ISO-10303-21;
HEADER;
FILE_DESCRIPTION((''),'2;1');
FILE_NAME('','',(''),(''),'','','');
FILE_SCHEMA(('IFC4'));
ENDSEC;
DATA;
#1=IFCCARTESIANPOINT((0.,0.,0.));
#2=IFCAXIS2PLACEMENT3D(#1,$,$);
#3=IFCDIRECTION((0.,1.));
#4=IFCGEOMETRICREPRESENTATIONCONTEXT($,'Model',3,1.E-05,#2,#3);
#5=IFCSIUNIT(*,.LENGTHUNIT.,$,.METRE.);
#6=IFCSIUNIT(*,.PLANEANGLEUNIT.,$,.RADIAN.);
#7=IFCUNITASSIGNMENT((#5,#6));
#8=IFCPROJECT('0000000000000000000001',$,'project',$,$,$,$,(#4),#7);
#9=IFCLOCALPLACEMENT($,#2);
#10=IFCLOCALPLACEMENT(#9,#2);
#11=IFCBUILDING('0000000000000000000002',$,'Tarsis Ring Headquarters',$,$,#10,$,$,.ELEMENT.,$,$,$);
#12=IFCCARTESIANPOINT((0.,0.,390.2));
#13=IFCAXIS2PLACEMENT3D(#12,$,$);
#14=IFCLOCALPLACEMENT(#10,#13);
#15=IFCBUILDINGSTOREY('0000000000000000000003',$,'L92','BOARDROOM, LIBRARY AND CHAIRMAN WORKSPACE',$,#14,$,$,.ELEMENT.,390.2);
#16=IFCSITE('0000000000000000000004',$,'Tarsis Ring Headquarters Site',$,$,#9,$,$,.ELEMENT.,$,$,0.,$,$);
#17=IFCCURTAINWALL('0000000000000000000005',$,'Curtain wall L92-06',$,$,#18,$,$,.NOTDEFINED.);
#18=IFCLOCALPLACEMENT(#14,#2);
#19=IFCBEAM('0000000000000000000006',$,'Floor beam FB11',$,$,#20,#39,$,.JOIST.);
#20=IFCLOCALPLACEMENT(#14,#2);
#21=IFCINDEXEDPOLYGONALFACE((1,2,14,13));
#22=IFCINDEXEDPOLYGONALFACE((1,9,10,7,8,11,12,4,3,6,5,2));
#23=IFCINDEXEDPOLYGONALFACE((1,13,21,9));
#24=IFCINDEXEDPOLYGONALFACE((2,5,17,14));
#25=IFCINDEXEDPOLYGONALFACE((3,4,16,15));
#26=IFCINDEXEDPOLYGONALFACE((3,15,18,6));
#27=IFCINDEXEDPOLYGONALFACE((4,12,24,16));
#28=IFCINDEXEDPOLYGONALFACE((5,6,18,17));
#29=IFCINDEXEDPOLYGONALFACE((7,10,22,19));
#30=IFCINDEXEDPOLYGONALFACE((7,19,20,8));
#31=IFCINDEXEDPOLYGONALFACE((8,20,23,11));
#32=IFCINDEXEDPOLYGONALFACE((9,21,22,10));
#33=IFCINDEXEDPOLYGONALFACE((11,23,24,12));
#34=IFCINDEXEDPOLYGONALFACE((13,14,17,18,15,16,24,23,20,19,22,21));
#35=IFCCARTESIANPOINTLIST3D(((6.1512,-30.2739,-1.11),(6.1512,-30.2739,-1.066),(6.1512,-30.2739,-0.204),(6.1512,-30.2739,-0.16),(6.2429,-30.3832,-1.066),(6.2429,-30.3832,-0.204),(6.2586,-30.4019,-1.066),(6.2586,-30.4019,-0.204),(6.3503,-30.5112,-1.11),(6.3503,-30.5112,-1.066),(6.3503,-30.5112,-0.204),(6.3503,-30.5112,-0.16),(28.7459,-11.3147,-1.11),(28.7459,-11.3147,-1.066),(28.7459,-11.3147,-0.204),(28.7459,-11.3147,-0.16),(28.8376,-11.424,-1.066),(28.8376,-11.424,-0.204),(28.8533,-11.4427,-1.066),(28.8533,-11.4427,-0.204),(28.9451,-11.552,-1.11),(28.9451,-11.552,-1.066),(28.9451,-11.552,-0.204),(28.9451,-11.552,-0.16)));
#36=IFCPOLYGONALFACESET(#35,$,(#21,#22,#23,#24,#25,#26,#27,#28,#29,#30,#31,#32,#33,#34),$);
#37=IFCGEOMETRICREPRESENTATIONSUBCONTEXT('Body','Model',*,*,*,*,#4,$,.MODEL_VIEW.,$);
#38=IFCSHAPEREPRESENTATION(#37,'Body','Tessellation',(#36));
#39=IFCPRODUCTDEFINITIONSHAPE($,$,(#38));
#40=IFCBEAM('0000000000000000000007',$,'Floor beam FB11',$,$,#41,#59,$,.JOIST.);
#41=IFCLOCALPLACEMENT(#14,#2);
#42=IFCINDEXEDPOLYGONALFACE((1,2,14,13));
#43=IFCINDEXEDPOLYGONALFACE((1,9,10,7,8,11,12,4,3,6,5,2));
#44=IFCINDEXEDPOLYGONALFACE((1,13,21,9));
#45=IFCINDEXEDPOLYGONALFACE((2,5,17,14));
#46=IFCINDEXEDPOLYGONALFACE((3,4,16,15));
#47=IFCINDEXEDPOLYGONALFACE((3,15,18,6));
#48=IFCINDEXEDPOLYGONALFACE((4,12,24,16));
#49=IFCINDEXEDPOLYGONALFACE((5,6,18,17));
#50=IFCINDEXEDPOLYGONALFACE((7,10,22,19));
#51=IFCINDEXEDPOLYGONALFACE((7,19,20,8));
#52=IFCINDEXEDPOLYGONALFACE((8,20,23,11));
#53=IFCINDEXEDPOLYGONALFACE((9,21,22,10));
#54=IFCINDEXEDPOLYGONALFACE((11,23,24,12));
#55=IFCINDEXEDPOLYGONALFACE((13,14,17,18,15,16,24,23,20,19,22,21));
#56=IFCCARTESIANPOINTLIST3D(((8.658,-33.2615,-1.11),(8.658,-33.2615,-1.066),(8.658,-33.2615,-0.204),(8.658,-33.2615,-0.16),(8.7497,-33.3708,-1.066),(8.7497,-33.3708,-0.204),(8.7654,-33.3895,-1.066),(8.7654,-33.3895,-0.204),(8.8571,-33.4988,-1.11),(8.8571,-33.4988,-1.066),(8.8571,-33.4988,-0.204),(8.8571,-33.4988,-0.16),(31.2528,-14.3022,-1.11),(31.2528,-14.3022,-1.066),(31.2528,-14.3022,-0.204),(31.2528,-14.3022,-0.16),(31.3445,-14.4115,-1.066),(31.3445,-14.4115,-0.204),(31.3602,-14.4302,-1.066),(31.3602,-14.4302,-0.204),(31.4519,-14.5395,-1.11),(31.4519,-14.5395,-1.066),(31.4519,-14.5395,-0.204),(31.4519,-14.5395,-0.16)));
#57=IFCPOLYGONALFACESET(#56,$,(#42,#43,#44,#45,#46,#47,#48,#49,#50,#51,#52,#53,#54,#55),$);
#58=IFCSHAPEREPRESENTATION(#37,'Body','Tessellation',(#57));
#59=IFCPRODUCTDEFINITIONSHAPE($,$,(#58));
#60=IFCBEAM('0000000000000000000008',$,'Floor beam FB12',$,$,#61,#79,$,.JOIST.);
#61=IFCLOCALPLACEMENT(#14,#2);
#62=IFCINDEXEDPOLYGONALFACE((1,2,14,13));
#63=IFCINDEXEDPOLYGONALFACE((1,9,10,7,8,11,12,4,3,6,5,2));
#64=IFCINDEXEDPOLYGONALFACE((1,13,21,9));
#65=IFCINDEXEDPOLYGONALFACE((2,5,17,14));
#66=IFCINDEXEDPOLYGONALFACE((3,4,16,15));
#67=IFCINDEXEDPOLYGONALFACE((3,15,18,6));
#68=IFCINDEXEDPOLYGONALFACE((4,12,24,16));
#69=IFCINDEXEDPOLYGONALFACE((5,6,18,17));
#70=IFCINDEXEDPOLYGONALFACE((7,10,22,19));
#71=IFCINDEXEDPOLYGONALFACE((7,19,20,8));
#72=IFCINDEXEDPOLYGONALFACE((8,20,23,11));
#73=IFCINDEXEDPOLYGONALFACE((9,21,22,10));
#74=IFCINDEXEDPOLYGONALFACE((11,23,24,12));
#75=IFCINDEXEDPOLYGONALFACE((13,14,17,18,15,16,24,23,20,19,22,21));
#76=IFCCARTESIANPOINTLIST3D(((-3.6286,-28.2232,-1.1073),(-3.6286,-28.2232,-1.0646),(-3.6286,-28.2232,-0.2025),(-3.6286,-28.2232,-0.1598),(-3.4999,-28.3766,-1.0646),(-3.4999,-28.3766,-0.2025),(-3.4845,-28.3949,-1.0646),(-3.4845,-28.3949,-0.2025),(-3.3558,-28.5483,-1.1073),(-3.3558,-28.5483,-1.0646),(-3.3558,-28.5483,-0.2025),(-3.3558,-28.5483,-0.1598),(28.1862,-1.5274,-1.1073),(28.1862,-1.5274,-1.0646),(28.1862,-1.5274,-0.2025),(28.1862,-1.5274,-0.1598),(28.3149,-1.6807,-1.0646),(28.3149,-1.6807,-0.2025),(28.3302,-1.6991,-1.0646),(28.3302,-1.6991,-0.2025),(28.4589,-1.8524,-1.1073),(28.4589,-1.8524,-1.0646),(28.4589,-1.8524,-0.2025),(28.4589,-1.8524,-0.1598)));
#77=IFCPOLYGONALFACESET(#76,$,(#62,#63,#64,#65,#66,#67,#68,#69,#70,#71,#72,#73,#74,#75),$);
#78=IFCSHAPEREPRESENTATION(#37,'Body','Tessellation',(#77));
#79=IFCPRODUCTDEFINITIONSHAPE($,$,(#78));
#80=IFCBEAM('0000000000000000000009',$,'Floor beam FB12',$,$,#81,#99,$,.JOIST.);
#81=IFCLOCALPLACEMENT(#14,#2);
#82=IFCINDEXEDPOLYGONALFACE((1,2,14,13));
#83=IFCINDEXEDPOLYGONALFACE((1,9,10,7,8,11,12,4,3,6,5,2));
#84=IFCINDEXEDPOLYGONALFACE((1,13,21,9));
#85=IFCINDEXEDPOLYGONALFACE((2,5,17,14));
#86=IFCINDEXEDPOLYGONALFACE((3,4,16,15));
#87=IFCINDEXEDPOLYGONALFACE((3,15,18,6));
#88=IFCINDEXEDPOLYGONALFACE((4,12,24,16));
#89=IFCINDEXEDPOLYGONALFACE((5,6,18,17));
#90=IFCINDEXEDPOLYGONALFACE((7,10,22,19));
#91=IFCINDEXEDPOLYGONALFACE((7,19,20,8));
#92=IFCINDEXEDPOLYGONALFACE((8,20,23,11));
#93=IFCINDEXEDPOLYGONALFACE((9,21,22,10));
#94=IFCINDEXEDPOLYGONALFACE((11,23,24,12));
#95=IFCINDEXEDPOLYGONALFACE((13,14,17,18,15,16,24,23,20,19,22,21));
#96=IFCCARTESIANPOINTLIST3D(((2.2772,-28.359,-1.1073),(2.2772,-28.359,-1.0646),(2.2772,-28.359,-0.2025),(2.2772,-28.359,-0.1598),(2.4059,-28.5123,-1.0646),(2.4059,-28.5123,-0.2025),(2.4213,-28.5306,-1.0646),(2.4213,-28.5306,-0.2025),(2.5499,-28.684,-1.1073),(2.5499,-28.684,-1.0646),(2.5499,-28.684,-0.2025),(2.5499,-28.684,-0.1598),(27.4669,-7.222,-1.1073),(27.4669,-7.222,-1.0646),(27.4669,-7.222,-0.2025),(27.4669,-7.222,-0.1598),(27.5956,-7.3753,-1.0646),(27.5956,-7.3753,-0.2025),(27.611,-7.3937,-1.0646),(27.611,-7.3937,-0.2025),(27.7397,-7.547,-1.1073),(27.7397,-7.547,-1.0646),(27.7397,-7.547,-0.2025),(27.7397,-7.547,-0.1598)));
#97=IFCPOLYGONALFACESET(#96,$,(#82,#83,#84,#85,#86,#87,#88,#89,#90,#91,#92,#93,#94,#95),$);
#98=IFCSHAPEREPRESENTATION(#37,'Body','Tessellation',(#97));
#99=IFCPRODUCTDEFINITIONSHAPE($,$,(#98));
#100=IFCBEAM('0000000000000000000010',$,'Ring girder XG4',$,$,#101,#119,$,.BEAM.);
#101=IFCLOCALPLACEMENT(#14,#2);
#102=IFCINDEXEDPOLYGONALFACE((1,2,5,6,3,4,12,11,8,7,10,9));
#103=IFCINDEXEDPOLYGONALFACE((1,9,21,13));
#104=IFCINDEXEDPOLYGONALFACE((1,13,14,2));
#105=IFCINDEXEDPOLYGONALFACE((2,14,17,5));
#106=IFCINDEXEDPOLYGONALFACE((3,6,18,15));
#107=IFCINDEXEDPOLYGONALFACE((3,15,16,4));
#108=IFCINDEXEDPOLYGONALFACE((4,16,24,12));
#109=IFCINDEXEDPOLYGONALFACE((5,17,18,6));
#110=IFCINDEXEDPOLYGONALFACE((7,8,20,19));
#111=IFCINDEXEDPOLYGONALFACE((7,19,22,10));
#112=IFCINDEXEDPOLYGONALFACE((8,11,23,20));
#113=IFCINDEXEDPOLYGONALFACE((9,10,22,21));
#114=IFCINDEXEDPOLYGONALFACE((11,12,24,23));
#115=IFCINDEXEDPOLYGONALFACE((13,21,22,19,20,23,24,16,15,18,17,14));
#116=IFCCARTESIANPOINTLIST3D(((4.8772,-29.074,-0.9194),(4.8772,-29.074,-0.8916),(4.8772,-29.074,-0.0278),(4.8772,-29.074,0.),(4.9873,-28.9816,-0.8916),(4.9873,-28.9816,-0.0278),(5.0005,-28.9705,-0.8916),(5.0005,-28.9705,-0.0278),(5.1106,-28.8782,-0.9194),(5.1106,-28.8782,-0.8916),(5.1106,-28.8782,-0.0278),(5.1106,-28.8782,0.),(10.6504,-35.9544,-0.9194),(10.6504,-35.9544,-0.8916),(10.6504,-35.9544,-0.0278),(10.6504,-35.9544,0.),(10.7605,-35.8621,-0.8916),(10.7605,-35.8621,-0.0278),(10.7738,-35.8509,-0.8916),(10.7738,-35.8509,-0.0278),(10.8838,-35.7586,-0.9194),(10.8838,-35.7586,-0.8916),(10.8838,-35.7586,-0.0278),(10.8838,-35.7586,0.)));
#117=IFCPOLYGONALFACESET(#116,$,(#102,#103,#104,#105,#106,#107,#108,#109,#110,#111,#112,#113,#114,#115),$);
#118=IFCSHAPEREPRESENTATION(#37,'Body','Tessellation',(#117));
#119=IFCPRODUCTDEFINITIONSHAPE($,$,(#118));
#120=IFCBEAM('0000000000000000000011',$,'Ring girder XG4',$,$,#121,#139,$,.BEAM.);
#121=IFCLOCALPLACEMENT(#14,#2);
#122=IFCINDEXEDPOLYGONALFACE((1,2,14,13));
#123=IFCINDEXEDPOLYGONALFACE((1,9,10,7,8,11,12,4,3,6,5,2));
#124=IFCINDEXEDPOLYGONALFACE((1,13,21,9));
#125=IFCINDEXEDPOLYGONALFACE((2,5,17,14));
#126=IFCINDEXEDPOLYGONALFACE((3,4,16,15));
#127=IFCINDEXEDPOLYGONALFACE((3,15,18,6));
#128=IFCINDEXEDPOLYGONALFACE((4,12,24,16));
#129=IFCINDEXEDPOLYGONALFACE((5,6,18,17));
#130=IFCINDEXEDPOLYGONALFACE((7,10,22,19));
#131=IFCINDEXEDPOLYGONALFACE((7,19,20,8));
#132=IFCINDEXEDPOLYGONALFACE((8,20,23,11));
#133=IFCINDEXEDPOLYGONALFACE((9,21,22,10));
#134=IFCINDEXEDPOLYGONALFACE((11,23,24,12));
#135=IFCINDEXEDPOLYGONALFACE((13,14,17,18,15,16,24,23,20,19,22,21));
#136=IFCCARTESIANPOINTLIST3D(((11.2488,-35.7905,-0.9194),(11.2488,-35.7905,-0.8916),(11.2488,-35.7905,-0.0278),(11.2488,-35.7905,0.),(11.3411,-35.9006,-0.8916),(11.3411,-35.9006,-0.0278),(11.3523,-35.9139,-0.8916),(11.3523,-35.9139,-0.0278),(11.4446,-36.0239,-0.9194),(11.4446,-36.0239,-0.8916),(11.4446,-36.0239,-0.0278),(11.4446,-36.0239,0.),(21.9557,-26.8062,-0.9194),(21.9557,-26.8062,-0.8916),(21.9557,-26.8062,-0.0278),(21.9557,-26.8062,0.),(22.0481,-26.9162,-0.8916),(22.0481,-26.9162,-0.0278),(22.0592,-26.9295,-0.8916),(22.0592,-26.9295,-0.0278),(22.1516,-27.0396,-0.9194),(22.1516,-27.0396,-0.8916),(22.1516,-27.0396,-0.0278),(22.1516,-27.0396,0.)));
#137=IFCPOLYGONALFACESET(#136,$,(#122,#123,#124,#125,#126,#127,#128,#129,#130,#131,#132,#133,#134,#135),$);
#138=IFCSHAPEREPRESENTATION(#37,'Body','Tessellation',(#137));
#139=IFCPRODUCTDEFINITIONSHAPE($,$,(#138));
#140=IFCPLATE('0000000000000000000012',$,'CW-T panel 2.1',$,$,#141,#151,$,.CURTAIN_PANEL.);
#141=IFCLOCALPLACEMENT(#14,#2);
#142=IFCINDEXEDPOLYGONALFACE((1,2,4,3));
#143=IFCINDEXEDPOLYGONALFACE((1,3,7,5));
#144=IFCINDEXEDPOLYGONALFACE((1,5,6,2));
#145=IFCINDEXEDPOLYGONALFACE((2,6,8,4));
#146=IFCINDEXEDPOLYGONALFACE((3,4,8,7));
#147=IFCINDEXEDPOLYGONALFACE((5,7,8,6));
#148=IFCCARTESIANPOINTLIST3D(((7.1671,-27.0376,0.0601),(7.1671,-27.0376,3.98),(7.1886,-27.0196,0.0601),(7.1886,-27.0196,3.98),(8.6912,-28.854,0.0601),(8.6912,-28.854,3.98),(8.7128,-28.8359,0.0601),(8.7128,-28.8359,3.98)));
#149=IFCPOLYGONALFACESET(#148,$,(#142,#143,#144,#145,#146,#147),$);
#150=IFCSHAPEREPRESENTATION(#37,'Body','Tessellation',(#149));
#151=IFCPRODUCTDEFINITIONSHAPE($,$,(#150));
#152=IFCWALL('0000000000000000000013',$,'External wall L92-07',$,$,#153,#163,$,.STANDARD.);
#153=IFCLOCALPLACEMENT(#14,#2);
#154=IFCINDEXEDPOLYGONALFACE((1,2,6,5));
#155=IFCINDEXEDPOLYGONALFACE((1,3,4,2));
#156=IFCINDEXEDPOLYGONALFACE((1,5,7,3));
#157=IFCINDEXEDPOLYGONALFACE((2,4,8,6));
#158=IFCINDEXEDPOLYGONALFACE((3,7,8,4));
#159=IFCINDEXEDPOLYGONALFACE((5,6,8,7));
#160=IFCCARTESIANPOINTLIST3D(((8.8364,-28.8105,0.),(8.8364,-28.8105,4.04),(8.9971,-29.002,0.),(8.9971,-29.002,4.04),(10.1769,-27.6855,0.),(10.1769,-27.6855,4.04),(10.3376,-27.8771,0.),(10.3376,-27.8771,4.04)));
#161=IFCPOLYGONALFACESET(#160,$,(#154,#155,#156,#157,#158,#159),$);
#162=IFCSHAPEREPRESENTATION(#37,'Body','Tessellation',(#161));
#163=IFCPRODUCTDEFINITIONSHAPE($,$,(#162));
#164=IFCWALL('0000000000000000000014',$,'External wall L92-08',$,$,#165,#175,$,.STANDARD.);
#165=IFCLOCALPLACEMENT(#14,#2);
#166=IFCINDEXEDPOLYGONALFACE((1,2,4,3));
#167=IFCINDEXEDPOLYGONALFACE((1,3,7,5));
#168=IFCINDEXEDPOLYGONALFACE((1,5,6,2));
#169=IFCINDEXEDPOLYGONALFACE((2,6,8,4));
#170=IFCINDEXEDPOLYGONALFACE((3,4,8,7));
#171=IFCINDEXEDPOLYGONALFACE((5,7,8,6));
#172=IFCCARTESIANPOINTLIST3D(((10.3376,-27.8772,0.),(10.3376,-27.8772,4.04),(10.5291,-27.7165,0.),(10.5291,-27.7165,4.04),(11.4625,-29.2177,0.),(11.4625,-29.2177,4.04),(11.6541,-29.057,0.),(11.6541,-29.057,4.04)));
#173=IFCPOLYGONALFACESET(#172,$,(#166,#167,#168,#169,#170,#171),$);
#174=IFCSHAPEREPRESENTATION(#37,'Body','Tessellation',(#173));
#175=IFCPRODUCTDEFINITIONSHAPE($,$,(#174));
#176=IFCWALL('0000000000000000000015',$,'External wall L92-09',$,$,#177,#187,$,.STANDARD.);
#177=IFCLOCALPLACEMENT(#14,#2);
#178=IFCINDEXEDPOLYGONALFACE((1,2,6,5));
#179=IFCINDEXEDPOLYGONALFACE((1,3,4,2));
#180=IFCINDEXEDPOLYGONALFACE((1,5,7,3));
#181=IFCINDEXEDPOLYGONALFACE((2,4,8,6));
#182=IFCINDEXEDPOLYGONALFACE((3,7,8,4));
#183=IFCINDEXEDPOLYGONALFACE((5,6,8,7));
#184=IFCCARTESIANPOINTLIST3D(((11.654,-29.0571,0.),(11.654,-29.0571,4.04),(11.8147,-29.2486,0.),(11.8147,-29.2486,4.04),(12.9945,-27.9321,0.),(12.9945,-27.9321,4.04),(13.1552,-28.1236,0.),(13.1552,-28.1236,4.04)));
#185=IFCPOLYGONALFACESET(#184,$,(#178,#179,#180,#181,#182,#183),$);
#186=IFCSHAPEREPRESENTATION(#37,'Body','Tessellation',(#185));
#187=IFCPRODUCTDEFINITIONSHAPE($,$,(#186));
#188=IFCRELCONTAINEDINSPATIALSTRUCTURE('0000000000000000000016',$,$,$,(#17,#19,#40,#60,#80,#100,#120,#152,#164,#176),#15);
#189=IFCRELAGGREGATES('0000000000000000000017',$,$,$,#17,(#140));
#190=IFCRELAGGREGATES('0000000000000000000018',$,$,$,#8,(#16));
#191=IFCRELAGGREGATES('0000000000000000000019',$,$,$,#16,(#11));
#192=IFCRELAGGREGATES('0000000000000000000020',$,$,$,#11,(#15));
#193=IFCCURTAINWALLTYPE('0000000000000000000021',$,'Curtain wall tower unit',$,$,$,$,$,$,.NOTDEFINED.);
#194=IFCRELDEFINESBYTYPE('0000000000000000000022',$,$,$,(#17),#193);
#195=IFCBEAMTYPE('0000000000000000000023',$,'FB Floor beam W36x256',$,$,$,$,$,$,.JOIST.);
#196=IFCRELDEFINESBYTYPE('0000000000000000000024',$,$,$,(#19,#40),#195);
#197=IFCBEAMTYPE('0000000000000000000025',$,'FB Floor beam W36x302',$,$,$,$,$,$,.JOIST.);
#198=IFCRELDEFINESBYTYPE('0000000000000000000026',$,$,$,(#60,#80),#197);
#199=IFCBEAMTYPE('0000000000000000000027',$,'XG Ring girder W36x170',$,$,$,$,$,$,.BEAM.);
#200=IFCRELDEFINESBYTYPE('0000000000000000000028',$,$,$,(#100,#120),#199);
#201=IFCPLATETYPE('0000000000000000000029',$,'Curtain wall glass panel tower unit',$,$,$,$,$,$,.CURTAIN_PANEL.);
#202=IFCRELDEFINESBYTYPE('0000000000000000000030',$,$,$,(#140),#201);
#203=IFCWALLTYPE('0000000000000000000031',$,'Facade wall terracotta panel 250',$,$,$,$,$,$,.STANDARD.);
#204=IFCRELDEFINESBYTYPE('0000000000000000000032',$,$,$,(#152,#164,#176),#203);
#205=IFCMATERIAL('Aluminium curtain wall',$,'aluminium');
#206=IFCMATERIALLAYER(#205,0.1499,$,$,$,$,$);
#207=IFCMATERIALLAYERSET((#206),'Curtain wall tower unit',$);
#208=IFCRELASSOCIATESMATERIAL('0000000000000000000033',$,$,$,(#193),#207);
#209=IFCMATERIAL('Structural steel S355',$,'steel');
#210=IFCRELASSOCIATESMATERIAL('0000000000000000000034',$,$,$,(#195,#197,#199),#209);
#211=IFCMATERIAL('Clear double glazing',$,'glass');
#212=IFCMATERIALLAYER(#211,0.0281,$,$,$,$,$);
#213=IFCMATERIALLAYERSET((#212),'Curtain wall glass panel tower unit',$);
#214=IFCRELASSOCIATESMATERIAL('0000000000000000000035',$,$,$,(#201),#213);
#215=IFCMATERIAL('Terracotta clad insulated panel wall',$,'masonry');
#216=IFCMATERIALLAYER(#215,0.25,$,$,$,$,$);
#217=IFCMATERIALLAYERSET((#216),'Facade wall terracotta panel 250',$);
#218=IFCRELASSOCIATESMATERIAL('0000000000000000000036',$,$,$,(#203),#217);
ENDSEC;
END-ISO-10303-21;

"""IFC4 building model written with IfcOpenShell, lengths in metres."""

from ifc_helpers import new_model, si_unit, direction, frame, frame_2d, origin, origin_2d, place, context, subcontext, project, spatial, rectangle, i_section, extrude, material, layer, layer_set, material_profile, profile_set, type_object, element, aggregate, save


model = new_model("IFC4")

# Units and contexts
model_context = context("Model", 3, precision=1e-05, world=origin(), true_north=direction((0.0, 1.0)))
body_context = subcontext(model_context, "Body", "Model", "MODEL_VIEW")
ifc_project = project(units=[si_unit("LENGTHUNIT", "METRE"), si_unit("PLANEANGLEUNIT", "RADIAN")], contexts=[model_context])

# Site, building, storey
site_placement = place(None, origin())
site = spatial("IfcSite", under=ifc_project, at=site_placement, Name="Tarsis Ring Headquarters Site", CompositionType="ELEMENT", RefElevation=0.0)
building_placement = place(site_placement, origin())
building = spatial("IfcBuilding", under=site, at=building_placement, Name="Tarsis Ring Headquarters", CompositionType="ELEMENT")
storey_placement = place(building_placement, frame((0.0, 0.0, 390.2)))
storey = spatial("IfcBuildingStorey", under=building, at=storey_placement, Name="L92", Description="BOARDROOM, LIBRARY AND CHAIRMAN WORKSPACE", CompositionType="ELEMENT", Elevation=390.2)

# Shared definitions
ifc_material_1 = material(Name="Structural steel S355", Category="steel")

# Curtain wall
ifc_material_2 = material(Name="Aluminium curtain wall", Category="aluminium")
ifc_layer_1 = layer(ifc_material_2, 0.1499)
ifc_layer_set_1 = layer_set([ifc_layer_1], Name="Curtain wall tower unit")
curtain_wall_type = type_object("IfcCurtainWallType", Name="Curtain wall tower unit", PredefinedType="NOTDEFINED", material=ifc_layer_set_1)
curtain_wall_placement = place(storey_placement, origin())
curtain_wall = element("IfcCurtainWall", 1, at=curtain_wall_placement, inside=storey, type_object=curtain_wall_type, Name="Curtain wall L92-06", PredefinedType="NOTDEFINED")

# Beams
ifc_material_profile_1 = material_profile(ifc_material_1, i_section(OverallWidth=0.3098, OverallDepth=0.95, WebThickness=0.0244, FlangeThickness=0.0439, at=origin_2d()), Name="W36x256")
ifc_profile_set_1 = profile_set([ifc_material_profile_1], Name="Structural steel S355")
beam_type_1 = type_object("IfcBeamType", Name="FB Floor beam W36x256", PredefinedType="JOIST", material=ifc_profile_set_1)
for number, where, z_axis, x_axis, name in (
    (2, (6.2507, -30.3926, -0.635), (0.766044, 0.642788, 0.0), (-0.642788, 0.766044, 0.0), "Floor beam FB11"),
    (3, (8.7576, -33.3801, -0.635), (0.766044, 0.642788, 0.0), (-0.642788, 0.766044, 0.0), "Floor beam FB11"),
):
    element("IfcBeam", number, at=place(storey_placement, frame(where, z_axis=z_axis, x_axis=x_axis)), inside=storey, type_object=beam_type_1, Name=name, PredefinedType="JOIST", context=body_context, shape_type="SweptSolid", body=[
        extrude(i_section(OverallWidth=0.3098, OverallDepth=0.95, WebThickness=0.0244, FlangeThickness=0.0439, at=origin_2d()), origin(), (0.0, 0.0, 1.0), 29.4954),
    ])
ifc_material_profile_2 = material_profile(ifc_material_1, i_section(OverallWidth=0.4243, OverallDepth=0.9475, WebThickness=0.0239, FlangeThickness=0.0427, at=origin_2d()), Name="W36x302")
ifc_profile_set_2 = profile_set([ifc_material_profile_2], Name="Structural steel S355")
beam_type_2 = type_object("IfcBeamType", Name="FB Floor beam W36x302", PredefinedType="JOIST", material=ifc_profile_set_2)
beam_1_placement = place(storey_placement, frame((-3.4922, -28.3857, -0.6335), z_axis=(0.766043, 0.642789, 0.0), x_axis=(-0.642789, 0.766043, 0.0)))
element("IfcBeam", 4, at=beam_1_placement, inside=storey, type_object=beam_type_2, Name="Floor beam FB12", PredefinedType="JOIST", context=body_context, shape_type="SweptSolid", body=[
    extrude(i_section(OverallWidth=0.4243, OverallDepth=0.9475, WebThickness=0.0239, FlangeThickness=0.0427, at=origin_2d()), origin(), (0.0, 0.0, 1.0), 41.5312),
])
beam_2_placement = place(storey_placement, frame((2.4136, -28.5215, -0.6335), z_axis=(0.76604, 0.642793, 0.0), x_axis=(-0.642793, 0.76604, 0.0)))
element("IfcBeam", 5, at=beam_2_placement, inside=storey, type_object=beam_type_2, Name="Floor beam FB12", PredefinedType="JOIST", context=body_context, shape_type="SweptSolid", body=[
    extrude(i_section(OverallWidth=0.4243, OverallDepth=0.9475, WebThickness=0.0239, FlangeThickness=0.0427, at=origin_2d()), origin(), (0.0, 0.0, 1.0), 32.8831),
])
ifc_material_profile_3 = material_profile(ifc_material_1, i_section(OverallWidth=0.3047, OverallDepth=0.9194, WebThickness=0.0173, FlangeThickness=0.0278, at=origin_2d()), Name="W36x170")
ifc_profile_set_3 = profile_set([ifc_material_profile_3], Name="Structural steel S355")
beam_type_3 = type_object("IfcBeamType", Name="XG Ring girder W36x170", PredefinedType="BEAM", material=ifc_profile_set_3)
beam_3_placement = place(storey_placement, frame((4.9939, -28.9761, -0.4597), z_axis=(0.64278, -0.766051, 0.0), x_axis=(0.766051, 0.64278, 0.0)))
element("IfcBeam", 6, at=beam_3_placement, inside=storey, type_object=beam_type_3, Name="Ring girder XG4", PredefinedType="BEAM", context=body_context, shape_type="SweptSolid", body=[
    extrude(i_section(OverallWidth=0.3047, OverallDepth=0.9194, WebThickness=0.0173, FlangeThickness=0.0278, at=origin_2d()), origin(), (0.0, 0.0, 1.0), 8.9817),
])
beam_4_placement = place(storey_placement, frame((11.3467, -35.9072, -0.4597), z_axis=(0.766041, 0.642792, 0.0), x_axis=(-0.642792, 0.766041, 0.0)))
element("IfcBeam", 7, at=beam_4_placement, inside=storey, type_object=beam_type_3, Name="Ring girder XG4", PredefinedType="BEAM", context=body_context, shape_type="SweptSolid", body=[
    extrude(i_section(OverallWidth=0.3047, OverallDepth=0.9194, WebThickness=0.0173, FlangeThickness=0.0278, at=origin_2d()), origin(), (0.0, 0.0, 1.0), 13.9771),
])

# Plate
ifc_material_3 = material(Name="Clear double glazing", Category="glass")
ifc_layer_2 = layer(ifc_material_3, 0.0281)
ifc_layer_set_2 = layer_set([ifc_layer_2], Name="Curtain wall glass panel tower unit")
plate_type = type_object("IfcPlateType", Name="Curtain wall glass panel tower unit", PredefinedType="CURTAIN_PANEL", material=ifc_layer_set_2)
plate_placement = place(storey_placement, frame((7.9399, -27.9368, 0.0601), z_axis=(0.0, 0.0, 1.0), x_axis=(0.642788, -0.766044, 0.0)))
plate = element("IfcPlate", 8, at=plate_placement, type_object=plate_type, Name="CW-T panel 2.1", PredefinedType="CURTAIN_PANEL", context=body_context, shape_type="SweptSolid", body=[
    extrude(rectangle(XDim=2.3711, YDim=0.0281, at=origin_2d()), origin(), (0.0, 0.0, 1.0), 3.9199),
])
aggregate(curtain_wall, [plate])

# Walls
ifc_material_4 = material(Name="Terracotta clad insulated panel wall", Category="masonry")
ifc_layer_3 = layer(ifc_material_4, 0.25)
ifc_layer_set_3 = layer_set([ifc_layer_3], Name="Facade wall terracotta panel 250")
wall_type = type_object("IfcWallType", Name="Facade wall terracotta panel 250", PredefinedType="STANDARD", material=ifc_layer_set_3)
for number, where, z_axis, x_axis, name in (
    (9, (8.9167, -28.9062, 0.0), (0.0, 0.0, 1.0), (0.76601, 0.642829, 0.0), "External wall L92-07"),
    (10, (10.4333, -27.7969, 0.0), (0.0, 0.0, 1.0), (0.642829, -0.76601, 0.0), "External wall L92-08"),
    (11, (11.7344, -29.1528, 0.0), (0.0, 0.0, 1.0), (0.76601, 0.642829, 0.0), "External wall L92-09"),
):
    element("IfcWall", number, at=place(storey_placement, frame(where, z_axis=z_axis, x_axis=x_axis)), inside=storey, type_object=wall_type, Name=name, PredefinedType="STANDARD", context=body_context, shape_type="SweptSolid", body=[
        extrude(rectangle(XDim=1.75, YDim=0.25, at=frame_2d((0.875, 0.0))), origin(), (0.0, 0.0, 1.0), 4.04),
    ])

save(model, "model.ifc")
